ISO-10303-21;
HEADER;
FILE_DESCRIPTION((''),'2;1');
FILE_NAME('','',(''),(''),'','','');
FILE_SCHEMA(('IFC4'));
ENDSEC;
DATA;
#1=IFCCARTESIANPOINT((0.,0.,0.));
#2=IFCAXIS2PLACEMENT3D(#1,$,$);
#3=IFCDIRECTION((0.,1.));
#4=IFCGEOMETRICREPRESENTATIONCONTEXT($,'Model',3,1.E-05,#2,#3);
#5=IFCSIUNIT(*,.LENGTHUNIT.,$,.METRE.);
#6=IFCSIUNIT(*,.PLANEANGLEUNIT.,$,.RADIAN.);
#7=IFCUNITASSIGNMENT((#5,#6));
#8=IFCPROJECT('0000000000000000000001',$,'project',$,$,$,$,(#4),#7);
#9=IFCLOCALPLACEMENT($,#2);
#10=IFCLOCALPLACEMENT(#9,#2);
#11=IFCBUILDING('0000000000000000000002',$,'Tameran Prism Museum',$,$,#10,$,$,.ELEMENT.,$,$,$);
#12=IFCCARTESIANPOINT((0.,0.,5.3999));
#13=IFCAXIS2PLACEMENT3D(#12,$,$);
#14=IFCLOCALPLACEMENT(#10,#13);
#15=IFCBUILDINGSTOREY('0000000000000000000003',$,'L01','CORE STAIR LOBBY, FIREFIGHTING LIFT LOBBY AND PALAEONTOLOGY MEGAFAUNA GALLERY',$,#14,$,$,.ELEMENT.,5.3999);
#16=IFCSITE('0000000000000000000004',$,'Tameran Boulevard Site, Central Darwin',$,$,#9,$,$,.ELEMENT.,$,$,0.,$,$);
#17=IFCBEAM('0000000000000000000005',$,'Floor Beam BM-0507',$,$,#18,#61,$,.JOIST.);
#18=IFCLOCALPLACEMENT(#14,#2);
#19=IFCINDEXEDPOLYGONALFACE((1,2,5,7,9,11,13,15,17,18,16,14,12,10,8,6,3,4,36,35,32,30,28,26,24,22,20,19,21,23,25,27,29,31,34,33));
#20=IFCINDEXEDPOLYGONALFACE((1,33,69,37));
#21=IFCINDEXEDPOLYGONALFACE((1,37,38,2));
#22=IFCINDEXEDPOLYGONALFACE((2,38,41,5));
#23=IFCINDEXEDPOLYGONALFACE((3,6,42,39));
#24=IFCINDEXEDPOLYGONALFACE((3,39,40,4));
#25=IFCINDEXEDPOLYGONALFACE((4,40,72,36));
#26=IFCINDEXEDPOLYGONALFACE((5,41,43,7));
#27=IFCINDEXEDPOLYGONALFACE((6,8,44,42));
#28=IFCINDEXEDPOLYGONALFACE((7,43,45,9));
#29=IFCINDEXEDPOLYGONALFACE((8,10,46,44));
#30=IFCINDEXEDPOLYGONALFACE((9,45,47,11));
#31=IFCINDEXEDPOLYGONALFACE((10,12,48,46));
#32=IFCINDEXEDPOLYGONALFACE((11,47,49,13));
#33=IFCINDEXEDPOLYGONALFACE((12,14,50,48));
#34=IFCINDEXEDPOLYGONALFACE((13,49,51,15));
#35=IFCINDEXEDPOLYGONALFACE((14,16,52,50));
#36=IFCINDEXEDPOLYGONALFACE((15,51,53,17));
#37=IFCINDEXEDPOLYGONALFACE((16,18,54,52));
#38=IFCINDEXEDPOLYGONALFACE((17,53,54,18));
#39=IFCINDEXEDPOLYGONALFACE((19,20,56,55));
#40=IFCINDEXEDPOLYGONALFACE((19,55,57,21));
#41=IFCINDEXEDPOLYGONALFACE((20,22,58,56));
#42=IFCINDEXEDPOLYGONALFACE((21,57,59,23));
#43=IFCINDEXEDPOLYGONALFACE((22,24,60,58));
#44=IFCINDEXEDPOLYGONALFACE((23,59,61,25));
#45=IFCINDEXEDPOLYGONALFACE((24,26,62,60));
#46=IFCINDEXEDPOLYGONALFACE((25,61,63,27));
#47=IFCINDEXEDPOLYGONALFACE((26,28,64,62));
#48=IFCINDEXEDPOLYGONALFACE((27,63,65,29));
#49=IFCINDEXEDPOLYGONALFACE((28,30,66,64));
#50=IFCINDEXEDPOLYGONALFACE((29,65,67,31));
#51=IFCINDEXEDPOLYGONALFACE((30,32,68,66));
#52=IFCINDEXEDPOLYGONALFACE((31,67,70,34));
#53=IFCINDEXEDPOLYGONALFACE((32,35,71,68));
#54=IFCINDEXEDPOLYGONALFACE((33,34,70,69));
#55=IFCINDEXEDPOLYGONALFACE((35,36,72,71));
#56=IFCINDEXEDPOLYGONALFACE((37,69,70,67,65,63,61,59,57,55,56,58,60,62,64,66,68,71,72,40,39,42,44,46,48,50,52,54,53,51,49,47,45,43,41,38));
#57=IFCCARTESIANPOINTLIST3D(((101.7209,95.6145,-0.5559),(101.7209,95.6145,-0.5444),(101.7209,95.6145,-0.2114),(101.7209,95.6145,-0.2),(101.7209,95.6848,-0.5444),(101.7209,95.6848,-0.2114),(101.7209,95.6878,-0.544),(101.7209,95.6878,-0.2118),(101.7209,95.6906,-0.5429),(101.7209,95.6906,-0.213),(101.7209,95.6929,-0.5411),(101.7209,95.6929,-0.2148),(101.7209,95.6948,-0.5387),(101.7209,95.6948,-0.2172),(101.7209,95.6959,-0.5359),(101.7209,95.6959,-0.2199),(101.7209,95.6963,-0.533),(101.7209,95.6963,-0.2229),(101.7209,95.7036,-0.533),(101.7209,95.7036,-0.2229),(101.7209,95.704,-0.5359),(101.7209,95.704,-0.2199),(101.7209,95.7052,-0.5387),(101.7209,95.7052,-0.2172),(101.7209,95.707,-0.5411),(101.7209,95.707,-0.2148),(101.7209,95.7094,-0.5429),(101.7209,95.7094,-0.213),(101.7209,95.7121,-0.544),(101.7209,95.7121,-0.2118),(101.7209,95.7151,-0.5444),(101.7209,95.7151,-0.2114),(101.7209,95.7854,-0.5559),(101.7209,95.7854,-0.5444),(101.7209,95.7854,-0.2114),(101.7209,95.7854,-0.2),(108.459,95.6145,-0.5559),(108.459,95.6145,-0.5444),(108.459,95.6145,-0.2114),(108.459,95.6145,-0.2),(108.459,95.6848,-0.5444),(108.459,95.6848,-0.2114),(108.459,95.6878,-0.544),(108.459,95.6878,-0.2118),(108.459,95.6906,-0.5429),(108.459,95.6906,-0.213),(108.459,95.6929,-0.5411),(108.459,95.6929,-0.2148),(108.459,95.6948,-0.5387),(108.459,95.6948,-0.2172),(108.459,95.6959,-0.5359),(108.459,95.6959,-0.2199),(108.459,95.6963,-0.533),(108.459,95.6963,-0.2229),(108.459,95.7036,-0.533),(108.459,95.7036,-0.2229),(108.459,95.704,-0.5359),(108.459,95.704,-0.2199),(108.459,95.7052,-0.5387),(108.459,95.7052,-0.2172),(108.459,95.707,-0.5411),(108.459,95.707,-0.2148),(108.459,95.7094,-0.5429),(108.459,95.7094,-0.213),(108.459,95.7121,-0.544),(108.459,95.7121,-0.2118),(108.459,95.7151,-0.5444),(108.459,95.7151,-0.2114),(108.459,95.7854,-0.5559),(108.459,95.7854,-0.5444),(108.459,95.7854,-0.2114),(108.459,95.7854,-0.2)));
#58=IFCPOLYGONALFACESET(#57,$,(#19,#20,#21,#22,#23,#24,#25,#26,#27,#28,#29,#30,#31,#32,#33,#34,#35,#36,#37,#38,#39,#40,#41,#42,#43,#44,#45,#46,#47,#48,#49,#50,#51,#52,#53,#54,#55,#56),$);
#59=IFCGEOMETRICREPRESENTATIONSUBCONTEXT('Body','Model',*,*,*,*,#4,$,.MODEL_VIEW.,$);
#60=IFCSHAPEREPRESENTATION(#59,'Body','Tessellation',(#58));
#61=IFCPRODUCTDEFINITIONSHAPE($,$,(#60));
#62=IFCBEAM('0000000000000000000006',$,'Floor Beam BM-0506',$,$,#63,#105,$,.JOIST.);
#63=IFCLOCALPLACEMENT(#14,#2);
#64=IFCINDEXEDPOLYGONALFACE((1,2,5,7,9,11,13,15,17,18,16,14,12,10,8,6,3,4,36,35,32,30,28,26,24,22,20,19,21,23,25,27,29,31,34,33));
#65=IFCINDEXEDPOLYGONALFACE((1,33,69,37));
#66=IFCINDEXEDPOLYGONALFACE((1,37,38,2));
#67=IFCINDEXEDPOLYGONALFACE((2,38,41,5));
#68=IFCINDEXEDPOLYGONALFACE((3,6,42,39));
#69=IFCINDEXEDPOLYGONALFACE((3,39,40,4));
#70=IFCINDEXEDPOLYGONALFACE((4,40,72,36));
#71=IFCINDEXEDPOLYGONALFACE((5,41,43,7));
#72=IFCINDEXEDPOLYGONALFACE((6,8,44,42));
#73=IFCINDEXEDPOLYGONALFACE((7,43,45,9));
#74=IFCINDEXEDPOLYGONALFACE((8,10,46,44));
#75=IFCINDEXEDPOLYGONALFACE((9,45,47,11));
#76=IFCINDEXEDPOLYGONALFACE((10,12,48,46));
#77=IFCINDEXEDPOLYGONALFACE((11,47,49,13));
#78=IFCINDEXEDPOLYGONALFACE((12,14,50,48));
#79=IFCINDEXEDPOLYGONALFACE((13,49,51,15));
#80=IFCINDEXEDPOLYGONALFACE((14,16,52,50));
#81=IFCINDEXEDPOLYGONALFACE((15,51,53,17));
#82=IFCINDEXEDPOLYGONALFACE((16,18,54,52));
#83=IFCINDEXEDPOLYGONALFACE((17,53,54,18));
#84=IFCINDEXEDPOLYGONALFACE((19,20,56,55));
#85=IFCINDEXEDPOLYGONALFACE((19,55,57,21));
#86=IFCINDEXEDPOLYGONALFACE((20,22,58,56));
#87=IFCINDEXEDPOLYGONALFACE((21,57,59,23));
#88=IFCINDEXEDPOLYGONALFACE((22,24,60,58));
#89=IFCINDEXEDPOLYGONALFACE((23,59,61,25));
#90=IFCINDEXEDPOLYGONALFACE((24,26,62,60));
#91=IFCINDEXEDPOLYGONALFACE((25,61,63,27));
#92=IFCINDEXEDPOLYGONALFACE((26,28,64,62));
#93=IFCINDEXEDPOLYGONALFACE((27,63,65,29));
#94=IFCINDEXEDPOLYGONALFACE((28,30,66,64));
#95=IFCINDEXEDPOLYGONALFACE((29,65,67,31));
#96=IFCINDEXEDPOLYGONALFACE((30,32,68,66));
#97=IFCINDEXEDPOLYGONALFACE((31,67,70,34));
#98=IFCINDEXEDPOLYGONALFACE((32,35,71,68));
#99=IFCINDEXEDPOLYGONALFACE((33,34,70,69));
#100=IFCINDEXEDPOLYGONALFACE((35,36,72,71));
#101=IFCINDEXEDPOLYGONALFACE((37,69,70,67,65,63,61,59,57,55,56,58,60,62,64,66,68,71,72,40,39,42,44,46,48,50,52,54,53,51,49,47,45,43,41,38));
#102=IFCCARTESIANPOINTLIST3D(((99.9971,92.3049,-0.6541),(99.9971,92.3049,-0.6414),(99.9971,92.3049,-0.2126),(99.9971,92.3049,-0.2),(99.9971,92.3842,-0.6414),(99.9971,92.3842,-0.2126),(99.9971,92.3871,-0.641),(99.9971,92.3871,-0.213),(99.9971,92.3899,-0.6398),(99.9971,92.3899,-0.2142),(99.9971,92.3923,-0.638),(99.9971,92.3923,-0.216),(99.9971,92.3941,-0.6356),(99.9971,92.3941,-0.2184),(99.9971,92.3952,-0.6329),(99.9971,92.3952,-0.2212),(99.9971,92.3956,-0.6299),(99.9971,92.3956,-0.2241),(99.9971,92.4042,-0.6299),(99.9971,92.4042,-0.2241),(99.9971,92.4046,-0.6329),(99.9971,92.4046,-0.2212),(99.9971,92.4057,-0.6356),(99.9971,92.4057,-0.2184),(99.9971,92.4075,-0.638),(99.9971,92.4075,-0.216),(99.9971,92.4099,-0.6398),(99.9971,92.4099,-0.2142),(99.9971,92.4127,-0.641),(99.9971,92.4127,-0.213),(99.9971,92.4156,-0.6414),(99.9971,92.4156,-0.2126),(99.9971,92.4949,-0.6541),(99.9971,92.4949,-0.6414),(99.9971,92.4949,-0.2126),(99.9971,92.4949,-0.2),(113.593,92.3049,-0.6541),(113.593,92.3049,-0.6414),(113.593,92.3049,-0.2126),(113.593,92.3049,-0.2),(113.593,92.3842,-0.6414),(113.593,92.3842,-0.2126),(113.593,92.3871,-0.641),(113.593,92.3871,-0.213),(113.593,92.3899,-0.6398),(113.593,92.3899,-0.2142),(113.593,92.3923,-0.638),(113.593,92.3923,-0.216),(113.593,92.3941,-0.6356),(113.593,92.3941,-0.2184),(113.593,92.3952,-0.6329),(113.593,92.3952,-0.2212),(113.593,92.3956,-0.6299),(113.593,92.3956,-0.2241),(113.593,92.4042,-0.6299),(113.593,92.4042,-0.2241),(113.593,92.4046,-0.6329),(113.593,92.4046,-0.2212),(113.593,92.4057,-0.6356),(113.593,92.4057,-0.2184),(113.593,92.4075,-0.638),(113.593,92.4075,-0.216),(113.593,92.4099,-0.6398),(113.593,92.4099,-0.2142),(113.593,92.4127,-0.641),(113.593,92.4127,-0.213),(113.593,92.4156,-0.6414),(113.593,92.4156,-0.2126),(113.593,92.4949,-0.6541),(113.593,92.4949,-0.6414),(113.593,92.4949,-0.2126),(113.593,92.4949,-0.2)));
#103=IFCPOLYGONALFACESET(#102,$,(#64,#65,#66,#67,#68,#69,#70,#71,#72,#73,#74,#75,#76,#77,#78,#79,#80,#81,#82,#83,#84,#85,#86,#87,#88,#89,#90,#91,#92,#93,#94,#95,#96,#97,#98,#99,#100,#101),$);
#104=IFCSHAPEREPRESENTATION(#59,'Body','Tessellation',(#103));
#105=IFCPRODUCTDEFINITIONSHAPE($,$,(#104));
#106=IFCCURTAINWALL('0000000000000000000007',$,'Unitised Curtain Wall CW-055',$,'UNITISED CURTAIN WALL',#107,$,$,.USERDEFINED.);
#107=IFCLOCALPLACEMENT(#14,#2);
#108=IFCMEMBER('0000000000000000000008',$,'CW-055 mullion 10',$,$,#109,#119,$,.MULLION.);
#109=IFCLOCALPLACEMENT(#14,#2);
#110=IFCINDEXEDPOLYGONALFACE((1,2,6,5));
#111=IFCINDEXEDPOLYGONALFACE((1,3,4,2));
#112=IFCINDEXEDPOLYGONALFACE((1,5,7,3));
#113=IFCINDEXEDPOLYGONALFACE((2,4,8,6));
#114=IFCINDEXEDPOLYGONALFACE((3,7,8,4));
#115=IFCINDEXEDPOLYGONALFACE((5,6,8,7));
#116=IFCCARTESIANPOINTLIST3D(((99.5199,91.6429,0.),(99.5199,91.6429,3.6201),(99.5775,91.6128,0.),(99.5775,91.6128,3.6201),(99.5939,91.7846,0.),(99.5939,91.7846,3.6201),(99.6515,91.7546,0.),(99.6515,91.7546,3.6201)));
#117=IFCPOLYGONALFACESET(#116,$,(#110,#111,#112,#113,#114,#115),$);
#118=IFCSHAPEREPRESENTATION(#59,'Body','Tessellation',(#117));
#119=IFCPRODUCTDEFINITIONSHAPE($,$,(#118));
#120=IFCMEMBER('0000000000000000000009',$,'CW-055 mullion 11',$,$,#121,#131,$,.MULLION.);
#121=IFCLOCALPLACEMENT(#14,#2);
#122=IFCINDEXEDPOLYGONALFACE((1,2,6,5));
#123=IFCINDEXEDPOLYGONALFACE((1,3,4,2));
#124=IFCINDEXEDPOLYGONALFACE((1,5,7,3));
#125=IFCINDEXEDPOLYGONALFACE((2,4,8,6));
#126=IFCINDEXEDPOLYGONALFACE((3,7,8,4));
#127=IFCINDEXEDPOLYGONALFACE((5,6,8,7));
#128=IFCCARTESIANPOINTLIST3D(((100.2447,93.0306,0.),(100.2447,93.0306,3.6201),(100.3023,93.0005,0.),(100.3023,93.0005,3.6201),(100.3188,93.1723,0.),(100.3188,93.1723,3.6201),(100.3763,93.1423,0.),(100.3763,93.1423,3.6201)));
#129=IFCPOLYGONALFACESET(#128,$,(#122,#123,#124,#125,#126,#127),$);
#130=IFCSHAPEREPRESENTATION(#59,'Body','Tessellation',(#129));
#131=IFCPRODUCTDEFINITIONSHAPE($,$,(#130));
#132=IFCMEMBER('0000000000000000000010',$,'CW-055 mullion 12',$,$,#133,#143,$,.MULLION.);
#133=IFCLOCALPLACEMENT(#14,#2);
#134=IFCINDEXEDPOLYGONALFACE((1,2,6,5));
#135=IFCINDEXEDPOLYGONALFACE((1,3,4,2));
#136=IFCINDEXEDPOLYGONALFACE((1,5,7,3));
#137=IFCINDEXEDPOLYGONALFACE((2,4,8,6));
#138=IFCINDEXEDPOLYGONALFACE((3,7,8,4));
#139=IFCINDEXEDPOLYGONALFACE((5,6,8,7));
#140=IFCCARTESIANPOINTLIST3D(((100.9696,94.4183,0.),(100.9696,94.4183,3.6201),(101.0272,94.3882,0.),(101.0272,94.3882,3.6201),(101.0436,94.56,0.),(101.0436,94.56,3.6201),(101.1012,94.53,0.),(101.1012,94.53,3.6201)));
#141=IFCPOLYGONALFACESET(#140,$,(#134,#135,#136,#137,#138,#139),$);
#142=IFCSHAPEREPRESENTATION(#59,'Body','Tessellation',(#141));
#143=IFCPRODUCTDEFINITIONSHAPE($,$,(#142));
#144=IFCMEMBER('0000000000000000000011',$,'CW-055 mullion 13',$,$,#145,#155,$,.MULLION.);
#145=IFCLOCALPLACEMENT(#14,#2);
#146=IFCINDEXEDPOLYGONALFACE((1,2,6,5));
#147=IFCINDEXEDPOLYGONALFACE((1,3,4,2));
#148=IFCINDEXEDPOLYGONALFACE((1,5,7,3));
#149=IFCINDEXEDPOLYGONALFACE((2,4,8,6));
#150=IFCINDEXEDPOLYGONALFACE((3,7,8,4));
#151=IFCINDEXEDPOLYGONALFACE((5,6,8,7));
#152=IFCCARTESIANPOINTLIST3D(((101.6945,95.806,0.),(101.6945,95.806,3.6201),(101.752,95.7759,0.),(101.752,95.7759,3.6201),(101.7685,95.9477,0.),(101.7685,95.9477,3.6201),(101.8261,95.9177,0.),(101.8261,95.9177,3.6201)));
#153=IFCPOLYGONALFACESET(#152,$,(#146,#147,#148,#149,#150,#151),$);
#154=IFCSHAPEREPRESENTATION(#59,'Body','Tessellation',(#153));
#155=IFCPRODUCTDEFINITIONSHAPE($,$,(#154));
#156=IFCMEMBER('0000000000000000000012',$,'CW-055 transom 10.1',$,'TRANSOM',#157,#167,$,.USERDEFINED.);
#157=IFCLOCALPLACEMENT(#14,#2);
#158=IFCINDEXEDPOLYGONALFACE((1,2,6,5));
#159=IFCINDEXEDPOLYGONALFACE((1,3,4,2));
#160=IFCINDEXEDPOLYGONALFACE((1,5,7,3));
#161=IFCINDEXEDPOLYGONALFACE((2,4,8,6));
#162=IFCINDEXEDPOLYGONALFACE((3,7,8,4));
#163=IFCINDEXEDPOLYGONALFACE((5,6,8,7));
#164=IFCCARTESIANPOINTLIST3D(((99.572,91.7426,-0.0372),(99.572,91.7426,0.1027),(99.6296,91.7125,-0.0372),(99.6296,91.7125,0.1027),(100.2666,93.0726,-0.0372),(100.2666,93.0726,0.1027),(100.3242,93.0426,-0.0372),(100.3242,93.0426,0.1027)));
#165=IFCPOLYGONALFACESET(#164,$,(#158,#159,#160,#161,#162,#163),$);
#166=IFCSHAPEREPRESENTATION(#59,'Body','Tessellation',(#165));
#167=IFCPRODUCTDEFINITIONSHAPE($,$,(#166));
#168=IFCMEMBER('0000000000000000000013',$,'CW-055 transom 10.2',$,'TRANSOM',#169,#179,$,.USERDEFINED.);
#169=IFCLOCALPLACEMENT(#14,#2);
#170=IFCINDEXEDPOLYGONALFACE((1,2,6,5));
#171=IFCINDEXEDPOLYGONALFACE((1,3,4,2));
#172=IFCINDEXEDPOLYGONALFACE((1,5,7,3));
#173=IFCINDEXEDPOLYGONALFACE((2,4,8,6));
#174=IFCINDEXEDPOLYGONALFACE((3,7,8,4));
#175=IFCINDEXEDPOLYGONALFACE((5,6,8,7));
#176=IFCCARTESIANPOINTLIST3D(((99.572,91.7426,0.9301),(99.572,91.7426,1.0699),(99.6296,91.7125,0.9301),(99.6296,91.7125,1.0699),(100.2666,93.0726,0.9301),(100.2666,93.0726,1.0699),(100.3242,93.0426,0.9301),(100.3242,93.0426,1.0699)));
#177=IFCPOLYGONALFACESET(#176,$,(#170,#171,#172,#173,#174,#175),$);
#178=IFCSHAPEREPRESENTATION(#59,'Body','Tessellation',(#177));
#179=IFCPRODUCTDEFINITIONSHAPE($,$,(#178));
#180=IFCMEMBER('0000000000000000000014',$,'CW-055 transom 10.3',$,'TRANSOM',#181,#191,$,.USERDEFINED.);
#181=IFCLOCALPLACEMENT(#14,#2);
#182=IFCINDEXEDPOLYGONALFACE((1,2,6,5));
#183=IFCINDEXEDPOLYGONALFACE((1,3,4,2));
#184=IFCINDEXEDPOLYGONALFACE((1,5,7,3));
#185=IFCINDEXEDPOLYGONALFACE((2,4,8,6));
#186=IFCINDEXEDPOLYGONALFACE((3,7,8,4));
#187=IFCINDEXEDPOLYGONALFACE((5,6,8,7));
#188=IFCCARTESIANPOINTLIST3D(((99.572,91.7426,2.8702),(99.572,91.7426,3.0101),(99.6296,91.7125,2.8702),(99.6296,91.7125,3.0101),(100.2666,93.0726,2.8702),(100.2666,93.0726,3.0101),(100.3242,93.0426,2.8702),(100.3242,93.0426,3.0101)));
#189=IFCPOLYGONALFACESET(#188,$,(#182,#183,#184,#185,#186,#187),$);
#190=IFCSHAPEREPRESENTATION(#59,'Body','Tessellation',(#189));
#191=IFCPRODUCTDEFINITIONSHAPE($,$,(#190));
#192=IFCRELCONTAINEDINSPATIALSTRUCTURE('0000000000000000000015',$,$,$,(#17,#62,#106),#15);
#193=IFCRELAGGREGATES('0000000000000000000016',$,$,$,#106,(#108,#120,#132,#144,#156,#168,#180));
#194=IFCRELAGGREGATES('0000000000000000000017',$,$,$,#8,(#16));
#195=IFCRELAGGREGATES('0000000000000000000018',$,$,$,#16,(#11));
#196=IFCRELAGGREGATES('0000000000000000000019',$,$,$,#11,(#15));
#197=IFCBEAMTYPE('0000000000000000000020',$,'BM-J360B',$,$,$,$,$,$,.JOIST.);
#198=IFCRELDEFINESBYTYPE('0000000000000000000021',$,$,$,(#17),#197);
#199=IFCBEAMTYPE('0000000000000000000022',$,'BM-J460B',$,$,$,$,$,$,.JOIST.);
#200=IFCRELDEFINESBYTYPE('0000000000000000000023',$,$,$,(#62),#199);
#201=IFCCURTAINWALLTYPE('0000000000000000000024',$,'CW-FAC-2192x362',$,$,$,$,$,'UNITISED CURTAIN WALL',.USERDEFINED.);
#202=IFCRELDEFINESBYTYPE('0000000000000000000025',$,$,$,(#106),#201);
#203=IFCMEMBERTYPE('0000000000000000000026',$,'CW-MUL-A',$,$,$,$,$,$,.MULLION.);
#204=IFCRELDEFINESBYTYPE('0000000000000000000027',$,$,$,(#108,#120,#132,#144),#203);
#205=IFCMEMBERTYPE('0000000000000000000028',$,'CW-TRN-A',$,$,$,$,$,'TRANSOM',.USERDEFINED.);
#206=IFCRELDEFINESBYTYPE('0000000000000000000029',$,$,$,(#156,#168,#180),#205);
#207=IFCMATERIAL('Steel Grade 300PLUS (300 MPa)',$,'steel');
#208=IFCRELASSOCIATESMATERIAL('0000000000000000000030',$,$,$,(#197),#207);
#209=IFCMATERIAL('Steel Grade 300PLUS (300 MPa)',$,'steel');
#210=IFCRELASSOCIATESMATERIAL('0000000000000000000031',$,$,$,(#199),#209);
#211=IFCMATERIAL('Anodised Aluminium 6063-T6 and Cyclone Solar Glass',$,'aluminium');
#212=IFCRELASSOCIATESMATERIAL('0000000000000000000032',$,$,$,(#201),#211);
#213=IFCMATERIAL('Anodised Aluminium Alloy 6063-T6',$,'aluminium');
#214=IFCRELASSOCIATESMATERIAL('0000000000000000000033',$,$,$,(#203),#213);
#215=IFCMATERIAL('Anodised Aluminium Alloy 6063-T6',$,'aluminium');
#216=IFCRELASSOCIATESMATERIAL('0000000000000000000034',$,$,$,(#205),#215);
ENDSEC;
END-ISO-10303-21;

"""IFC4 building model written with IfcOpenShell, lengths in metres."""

from ifc_helpers import new_model, si_unit, direction, frame, origin, origin_2d, place, context, subcontext, project, spatial, rectangle, i_section, extrude, material, material_profile, profile_set, type_object, element, aggregate, save


model = new_model("IFC4")

# Units and contexts
model_context = context("Model", 3, precision=1e-05, world=origin(), true_north=direction((0.0, 1.0)))
body_context = subcontext(model_context, "Body", "Model", "MODEL_VIEW")
ifc_project = project(units=[si_unit("LENGTHUNIT", "METRE"), si_unit("PLANEANGLEUNIT", "RADIAN")], contexts=[model_context])

# Site, building, storey
site_placement = place(None, origin())
site = spatial("IfcSite", under=ifc_project, at=site_placement, Name="Tameran Boulevard Site, Central Darwin", CompositionType="ELEMENT", RefElevation=0.0)
building_placement = place(site_placement, origin())
building = spatial("IfcBuilding", under=site, at=building_placement, Name="Tameran Prism Museum", CompositionType="ELEMENT")
storey_placement = place(building_placement, frame((0.0, 0.0, 5.3999)))
storey = spatial("IfcBuildingStorey", under=building, at=storey_placement, Name="L01", Description="CORE STAIR LOBBY, FIREFIGHTING LIFT LOBBY AND PALAEONTOLOGY MEGAFAUNA GALLERY", CompositionType="ELEMENT", Elevation=5.3999)

# Beams
ifc_material_1 = material(Name="Steel Grade 300PLUS (300 MPa)", Category="steel")
ifc_material_profile_1 = material_profile(ifc_material_1, i_section(OverallWidth=0.1709, OverallDepth=0.356, WebThickness=0.0073, FlangeThickness=0.0115, FilletRadius=0.0115, at=origin_2d()))
ifc_profile_set_1 = profile_set([ifc_material_profile_1])
beam_type_1 = type_object("IfcBeamType", Name="BM-J360B", PredefinedType="JOIST", material=ifc_profile_set_1)
beam_1_placement = place(storey_placement, frame((101.7209, 95.7, -0.3779), z_axis=(1.0, 0.0, 0.0), x_axis=(0.0, 1.0, 0.0)))
element("IfcBeam", 1, at=beam_1_placement, inside=storey, type_object=beam_type_1, Name="Floor Beam BM-0507", PredefinedType="JOIST", context=body_context, shape_type="SweptSolid", body=[
    extrude(i_section(OverallWidth=0.1709, OverallDepth=0.356, WebThickness=0.0073, FlangeThickness=0.0115, FilletRadius=0.0115, at=origin_2d()), origin(), (0.0, 0.0, 1.0), 6.738),
])
ifc_material_2 = material(Name="Steel Grade 300PLUS (300 MPa)", Category="steel")
ifc_material_profile_2 = material_profile(ifc_material_2, i_section(OverallWidth=0.1899, OverallDepth=0.4541, WebThickness=0.0085, FlangeThickness=0.0127, FilletRadius=0.0115, at=origin_2d()))
ifc_profile_set_2 = profile_set([ifc_material_profile_2])
beam_type_2 = type_object("IfcBeamType", Name="BM-J460B", PredefinedType="JOIST", material=ifc_profile_set_2)
beam_2_placement = place(storey_placement, frame((99.9971, 92.3999, -0.427), z_axis=(1.0, 0.0, 0.0), x_axis=(0.0, 1.0, 0.0)))
element("IfcBeam", 2, at=beam_2_placement, inside=storey, type_object=beam_type_2, Name="Floor Beam BM-0506", PredefinedType="JOIST", context=body_context, shape_type="SweptSolid", body=[
    extrude(i_section(OverallWidth=0.1899, OverallDepth=0.4541, WebThickness=0.0085, FlangeThickness=0.0127, FilletRadius=0.0115, at=origin_2d()), origin(), (0.0, 0.0, 1.0), 13.5959),
])

# Curtain wall, members
ifc_material_3 = material(Name="Anodised Aluminium 6063-T6 and Cyclone Solar Glass", Category="aluminium")
curtain_wall_type = type_object("IfcCurtainWallType", Name="CW-FAC-2192x362", ElementType="UNITISED CURTAIN WALL", PredefinedType="USERDEFINED", material=ifc_material_3)
curtain_wall_placement = place(storey_placement, origin())
curtain_wall = element("IfcCurtainWall", 3, at=curtain_wall_placement, inside=storey, type_object=curtain_wall_type, Name="Unitised Curtain Wall CW-055", ObjectType="UNITISED CURTAIN WALL", PredefinedType="USERDEFINED")
ifc_material_4 = material(Name="Anodised Aluminium Alloy 6063-T6", Category="aluminium")
ifc_material_profile_3 = material_profile(ifc_material_4, rectangle(XDim=0.0649, YDim=0.1599, at=origin_2d()))
ifc_profile_set_3 = profile_set([ifc_material_profile_3])
member_type_1 = type_object("IfcMemberType", Name="CW-MUL-A", PredefinedType="MULLION", material=ifc_profile_set_3)
member_1_placement = place(storey_placement, frame((99.5857, 91.6987, 0.0), z_axis=(0.0, 0.0, 1.0), x_axis=(-0.886357, 0.463003, 0.0)))
member_1 = element("IfcMember", 4, at=member_1_placement, type_object=member_type_1, Name="CW-055 mullion 10", PredefinedType="MULLION", context=body_context, shape_type="SweptSolid", body=[
    extrude(rectangle(XDim=0.0649, YDim=0.1599, at=origin_2d()), origin(), (0.0, 0.0, 1.0), 3.6201),
])
member_2_placement = place(storey_placement, frame((100.3105, 93.0864, 0.0), z_axis=(0.0, 0.0, 1.0), x_axis=(-0.886357, 0.463003, 0.0)))
member_2 = element("IfcMember", 5, at=member_2_placement, type_object=member_type_1, Name="CW-055 mullion 11", PredefinedType="MULLION", context=body_context, shape_type="SweptSolid", body=[
    extrude(rectangle(XDim=0.0649, YDim=0.1599, at=origin_2d()), origin(), (0.0, 0.0, 1.0), 3.6201),
])
member_3_placement = place(storey_placement, frame((101.0354, 94.4741, 0.0), z_axis=(0.0, 0.0, 1.0), x_axis=(-0.886357, 0.463003, 0.0)))
member_3 = element("IfcMember", 6, at=member_3_placement, type_object=member_type_1, Name="CW-055 mullion 12", PredefinedType="MULLION", context=body_context, shape_type="SweptSolid", body=[
    extrude(rectangle(XDim=0.0649, YDim=0.1599, at=origin_2d()), origin(), (0.0, 0.0, 1.0), 3.6201),
])
member_4_placement = place(storey_placement, frame((101.7603, 95.8618, 0.0), z_axis=(0.0, 0.0, 1.0), x_axis=(-0.886357, 0.463003, 0.0)))
member_4 = element("IfcMember", 7, at=member_4_placement, type_object=member_type_1, Name="CW-055 mullion 13", PredefinedType="MULLION", context=body_context, shape_type="SweptSolid", body=[
    extrude(rectangle(XDim=0.0649, YDim=0.1599, at=origin_2d()), origin(), (0.0, 0.0, 1.0), 3.6201),
])
ifc_material_5 = material(Name="Anodised Aluminium Alloy 6063-T6", Category="aluminium")
ifc_material_profile_4 = material_profile(ifc_material_5, rectangle(XDim=0.0649, YDim=0.1399, at=origin_2d()))
ifc_profile_set_4 = profile_set([ifc_material_profile_4])
member_type_2 = type_object("IfcMemberType", Name="CW-TRN-A", ElementType="TRANSOM", PredefinedType="USERDEFINED", material=ifc_profile_set_4)
member_5_placement = place(storey_placement, frame((99.6008, 91.7275, 0.0327), z_axis=(0.462894, 0.886414, 0.0), x_axis=(-0.886414, 0.462894, 0.0)))
member_5 = element("IfcMember", 8, at=member_5_placement, type_object=member_type_2, Name="CW-055 transom 10.1", ObjectType="TRANSOM", PredefinedType="USERDEFINED", context=body_context, shape_type="SweptSolid", body=[
    extrude(rectangle(XDim=0.0649, YDim=0.1399, at=origin_2d()), origin(), (0.0, 0.0, 1.0), 1.5005),
])
member_6_placement = place(storey_placement, frame((99.6008, 91.7275, 1.0), z_axis=(0.462894, 0.886414, 0.0), x_axis=(-0.886414, 0.462894, 0.0)))
member_6 = element("IfcMember", 9, at=member_6_placement, type_object=member_type_2, Name="CW-055 transom 10.2", ObjectType="TRANSOM", PredefinedType="USERDEFINED", context=body_context, shape_type="SweptSolid", body=[
    extrude(rectangle(XDim=0.0649, YDim=0.1399, at=origin_2d()), origin(), (0.0, 0.0, 1.0), 1.5005),
])
member_7_placement = place(storey_placement, frame((99.6008, 91.7275, 2.9402), z_axis=(0.462894, 0.886414, 0.0), x_axis=(-0.886414, 0.462894, 0.0)))
member_7 = element("IfcMember", 10, at=member_7_placement, type_object=member_type_2, Name="CW-055 transom 10.3", ObjectType="TRANSOM", PredefinedType="USERDEFINED", context=body_context, shape_type="SweptSolid", body=[
    extrude(rectangle(XDim=0.0649, YDim=0.1399, at=origin_2d()), origin(), (0.0, 0.0, 1.0), 1.5005),
])
aggregate(curtain_wall, [member_1, member_2, member_3, member_4, member_5, member_6, member_7])

save(model, "model.ifc")
